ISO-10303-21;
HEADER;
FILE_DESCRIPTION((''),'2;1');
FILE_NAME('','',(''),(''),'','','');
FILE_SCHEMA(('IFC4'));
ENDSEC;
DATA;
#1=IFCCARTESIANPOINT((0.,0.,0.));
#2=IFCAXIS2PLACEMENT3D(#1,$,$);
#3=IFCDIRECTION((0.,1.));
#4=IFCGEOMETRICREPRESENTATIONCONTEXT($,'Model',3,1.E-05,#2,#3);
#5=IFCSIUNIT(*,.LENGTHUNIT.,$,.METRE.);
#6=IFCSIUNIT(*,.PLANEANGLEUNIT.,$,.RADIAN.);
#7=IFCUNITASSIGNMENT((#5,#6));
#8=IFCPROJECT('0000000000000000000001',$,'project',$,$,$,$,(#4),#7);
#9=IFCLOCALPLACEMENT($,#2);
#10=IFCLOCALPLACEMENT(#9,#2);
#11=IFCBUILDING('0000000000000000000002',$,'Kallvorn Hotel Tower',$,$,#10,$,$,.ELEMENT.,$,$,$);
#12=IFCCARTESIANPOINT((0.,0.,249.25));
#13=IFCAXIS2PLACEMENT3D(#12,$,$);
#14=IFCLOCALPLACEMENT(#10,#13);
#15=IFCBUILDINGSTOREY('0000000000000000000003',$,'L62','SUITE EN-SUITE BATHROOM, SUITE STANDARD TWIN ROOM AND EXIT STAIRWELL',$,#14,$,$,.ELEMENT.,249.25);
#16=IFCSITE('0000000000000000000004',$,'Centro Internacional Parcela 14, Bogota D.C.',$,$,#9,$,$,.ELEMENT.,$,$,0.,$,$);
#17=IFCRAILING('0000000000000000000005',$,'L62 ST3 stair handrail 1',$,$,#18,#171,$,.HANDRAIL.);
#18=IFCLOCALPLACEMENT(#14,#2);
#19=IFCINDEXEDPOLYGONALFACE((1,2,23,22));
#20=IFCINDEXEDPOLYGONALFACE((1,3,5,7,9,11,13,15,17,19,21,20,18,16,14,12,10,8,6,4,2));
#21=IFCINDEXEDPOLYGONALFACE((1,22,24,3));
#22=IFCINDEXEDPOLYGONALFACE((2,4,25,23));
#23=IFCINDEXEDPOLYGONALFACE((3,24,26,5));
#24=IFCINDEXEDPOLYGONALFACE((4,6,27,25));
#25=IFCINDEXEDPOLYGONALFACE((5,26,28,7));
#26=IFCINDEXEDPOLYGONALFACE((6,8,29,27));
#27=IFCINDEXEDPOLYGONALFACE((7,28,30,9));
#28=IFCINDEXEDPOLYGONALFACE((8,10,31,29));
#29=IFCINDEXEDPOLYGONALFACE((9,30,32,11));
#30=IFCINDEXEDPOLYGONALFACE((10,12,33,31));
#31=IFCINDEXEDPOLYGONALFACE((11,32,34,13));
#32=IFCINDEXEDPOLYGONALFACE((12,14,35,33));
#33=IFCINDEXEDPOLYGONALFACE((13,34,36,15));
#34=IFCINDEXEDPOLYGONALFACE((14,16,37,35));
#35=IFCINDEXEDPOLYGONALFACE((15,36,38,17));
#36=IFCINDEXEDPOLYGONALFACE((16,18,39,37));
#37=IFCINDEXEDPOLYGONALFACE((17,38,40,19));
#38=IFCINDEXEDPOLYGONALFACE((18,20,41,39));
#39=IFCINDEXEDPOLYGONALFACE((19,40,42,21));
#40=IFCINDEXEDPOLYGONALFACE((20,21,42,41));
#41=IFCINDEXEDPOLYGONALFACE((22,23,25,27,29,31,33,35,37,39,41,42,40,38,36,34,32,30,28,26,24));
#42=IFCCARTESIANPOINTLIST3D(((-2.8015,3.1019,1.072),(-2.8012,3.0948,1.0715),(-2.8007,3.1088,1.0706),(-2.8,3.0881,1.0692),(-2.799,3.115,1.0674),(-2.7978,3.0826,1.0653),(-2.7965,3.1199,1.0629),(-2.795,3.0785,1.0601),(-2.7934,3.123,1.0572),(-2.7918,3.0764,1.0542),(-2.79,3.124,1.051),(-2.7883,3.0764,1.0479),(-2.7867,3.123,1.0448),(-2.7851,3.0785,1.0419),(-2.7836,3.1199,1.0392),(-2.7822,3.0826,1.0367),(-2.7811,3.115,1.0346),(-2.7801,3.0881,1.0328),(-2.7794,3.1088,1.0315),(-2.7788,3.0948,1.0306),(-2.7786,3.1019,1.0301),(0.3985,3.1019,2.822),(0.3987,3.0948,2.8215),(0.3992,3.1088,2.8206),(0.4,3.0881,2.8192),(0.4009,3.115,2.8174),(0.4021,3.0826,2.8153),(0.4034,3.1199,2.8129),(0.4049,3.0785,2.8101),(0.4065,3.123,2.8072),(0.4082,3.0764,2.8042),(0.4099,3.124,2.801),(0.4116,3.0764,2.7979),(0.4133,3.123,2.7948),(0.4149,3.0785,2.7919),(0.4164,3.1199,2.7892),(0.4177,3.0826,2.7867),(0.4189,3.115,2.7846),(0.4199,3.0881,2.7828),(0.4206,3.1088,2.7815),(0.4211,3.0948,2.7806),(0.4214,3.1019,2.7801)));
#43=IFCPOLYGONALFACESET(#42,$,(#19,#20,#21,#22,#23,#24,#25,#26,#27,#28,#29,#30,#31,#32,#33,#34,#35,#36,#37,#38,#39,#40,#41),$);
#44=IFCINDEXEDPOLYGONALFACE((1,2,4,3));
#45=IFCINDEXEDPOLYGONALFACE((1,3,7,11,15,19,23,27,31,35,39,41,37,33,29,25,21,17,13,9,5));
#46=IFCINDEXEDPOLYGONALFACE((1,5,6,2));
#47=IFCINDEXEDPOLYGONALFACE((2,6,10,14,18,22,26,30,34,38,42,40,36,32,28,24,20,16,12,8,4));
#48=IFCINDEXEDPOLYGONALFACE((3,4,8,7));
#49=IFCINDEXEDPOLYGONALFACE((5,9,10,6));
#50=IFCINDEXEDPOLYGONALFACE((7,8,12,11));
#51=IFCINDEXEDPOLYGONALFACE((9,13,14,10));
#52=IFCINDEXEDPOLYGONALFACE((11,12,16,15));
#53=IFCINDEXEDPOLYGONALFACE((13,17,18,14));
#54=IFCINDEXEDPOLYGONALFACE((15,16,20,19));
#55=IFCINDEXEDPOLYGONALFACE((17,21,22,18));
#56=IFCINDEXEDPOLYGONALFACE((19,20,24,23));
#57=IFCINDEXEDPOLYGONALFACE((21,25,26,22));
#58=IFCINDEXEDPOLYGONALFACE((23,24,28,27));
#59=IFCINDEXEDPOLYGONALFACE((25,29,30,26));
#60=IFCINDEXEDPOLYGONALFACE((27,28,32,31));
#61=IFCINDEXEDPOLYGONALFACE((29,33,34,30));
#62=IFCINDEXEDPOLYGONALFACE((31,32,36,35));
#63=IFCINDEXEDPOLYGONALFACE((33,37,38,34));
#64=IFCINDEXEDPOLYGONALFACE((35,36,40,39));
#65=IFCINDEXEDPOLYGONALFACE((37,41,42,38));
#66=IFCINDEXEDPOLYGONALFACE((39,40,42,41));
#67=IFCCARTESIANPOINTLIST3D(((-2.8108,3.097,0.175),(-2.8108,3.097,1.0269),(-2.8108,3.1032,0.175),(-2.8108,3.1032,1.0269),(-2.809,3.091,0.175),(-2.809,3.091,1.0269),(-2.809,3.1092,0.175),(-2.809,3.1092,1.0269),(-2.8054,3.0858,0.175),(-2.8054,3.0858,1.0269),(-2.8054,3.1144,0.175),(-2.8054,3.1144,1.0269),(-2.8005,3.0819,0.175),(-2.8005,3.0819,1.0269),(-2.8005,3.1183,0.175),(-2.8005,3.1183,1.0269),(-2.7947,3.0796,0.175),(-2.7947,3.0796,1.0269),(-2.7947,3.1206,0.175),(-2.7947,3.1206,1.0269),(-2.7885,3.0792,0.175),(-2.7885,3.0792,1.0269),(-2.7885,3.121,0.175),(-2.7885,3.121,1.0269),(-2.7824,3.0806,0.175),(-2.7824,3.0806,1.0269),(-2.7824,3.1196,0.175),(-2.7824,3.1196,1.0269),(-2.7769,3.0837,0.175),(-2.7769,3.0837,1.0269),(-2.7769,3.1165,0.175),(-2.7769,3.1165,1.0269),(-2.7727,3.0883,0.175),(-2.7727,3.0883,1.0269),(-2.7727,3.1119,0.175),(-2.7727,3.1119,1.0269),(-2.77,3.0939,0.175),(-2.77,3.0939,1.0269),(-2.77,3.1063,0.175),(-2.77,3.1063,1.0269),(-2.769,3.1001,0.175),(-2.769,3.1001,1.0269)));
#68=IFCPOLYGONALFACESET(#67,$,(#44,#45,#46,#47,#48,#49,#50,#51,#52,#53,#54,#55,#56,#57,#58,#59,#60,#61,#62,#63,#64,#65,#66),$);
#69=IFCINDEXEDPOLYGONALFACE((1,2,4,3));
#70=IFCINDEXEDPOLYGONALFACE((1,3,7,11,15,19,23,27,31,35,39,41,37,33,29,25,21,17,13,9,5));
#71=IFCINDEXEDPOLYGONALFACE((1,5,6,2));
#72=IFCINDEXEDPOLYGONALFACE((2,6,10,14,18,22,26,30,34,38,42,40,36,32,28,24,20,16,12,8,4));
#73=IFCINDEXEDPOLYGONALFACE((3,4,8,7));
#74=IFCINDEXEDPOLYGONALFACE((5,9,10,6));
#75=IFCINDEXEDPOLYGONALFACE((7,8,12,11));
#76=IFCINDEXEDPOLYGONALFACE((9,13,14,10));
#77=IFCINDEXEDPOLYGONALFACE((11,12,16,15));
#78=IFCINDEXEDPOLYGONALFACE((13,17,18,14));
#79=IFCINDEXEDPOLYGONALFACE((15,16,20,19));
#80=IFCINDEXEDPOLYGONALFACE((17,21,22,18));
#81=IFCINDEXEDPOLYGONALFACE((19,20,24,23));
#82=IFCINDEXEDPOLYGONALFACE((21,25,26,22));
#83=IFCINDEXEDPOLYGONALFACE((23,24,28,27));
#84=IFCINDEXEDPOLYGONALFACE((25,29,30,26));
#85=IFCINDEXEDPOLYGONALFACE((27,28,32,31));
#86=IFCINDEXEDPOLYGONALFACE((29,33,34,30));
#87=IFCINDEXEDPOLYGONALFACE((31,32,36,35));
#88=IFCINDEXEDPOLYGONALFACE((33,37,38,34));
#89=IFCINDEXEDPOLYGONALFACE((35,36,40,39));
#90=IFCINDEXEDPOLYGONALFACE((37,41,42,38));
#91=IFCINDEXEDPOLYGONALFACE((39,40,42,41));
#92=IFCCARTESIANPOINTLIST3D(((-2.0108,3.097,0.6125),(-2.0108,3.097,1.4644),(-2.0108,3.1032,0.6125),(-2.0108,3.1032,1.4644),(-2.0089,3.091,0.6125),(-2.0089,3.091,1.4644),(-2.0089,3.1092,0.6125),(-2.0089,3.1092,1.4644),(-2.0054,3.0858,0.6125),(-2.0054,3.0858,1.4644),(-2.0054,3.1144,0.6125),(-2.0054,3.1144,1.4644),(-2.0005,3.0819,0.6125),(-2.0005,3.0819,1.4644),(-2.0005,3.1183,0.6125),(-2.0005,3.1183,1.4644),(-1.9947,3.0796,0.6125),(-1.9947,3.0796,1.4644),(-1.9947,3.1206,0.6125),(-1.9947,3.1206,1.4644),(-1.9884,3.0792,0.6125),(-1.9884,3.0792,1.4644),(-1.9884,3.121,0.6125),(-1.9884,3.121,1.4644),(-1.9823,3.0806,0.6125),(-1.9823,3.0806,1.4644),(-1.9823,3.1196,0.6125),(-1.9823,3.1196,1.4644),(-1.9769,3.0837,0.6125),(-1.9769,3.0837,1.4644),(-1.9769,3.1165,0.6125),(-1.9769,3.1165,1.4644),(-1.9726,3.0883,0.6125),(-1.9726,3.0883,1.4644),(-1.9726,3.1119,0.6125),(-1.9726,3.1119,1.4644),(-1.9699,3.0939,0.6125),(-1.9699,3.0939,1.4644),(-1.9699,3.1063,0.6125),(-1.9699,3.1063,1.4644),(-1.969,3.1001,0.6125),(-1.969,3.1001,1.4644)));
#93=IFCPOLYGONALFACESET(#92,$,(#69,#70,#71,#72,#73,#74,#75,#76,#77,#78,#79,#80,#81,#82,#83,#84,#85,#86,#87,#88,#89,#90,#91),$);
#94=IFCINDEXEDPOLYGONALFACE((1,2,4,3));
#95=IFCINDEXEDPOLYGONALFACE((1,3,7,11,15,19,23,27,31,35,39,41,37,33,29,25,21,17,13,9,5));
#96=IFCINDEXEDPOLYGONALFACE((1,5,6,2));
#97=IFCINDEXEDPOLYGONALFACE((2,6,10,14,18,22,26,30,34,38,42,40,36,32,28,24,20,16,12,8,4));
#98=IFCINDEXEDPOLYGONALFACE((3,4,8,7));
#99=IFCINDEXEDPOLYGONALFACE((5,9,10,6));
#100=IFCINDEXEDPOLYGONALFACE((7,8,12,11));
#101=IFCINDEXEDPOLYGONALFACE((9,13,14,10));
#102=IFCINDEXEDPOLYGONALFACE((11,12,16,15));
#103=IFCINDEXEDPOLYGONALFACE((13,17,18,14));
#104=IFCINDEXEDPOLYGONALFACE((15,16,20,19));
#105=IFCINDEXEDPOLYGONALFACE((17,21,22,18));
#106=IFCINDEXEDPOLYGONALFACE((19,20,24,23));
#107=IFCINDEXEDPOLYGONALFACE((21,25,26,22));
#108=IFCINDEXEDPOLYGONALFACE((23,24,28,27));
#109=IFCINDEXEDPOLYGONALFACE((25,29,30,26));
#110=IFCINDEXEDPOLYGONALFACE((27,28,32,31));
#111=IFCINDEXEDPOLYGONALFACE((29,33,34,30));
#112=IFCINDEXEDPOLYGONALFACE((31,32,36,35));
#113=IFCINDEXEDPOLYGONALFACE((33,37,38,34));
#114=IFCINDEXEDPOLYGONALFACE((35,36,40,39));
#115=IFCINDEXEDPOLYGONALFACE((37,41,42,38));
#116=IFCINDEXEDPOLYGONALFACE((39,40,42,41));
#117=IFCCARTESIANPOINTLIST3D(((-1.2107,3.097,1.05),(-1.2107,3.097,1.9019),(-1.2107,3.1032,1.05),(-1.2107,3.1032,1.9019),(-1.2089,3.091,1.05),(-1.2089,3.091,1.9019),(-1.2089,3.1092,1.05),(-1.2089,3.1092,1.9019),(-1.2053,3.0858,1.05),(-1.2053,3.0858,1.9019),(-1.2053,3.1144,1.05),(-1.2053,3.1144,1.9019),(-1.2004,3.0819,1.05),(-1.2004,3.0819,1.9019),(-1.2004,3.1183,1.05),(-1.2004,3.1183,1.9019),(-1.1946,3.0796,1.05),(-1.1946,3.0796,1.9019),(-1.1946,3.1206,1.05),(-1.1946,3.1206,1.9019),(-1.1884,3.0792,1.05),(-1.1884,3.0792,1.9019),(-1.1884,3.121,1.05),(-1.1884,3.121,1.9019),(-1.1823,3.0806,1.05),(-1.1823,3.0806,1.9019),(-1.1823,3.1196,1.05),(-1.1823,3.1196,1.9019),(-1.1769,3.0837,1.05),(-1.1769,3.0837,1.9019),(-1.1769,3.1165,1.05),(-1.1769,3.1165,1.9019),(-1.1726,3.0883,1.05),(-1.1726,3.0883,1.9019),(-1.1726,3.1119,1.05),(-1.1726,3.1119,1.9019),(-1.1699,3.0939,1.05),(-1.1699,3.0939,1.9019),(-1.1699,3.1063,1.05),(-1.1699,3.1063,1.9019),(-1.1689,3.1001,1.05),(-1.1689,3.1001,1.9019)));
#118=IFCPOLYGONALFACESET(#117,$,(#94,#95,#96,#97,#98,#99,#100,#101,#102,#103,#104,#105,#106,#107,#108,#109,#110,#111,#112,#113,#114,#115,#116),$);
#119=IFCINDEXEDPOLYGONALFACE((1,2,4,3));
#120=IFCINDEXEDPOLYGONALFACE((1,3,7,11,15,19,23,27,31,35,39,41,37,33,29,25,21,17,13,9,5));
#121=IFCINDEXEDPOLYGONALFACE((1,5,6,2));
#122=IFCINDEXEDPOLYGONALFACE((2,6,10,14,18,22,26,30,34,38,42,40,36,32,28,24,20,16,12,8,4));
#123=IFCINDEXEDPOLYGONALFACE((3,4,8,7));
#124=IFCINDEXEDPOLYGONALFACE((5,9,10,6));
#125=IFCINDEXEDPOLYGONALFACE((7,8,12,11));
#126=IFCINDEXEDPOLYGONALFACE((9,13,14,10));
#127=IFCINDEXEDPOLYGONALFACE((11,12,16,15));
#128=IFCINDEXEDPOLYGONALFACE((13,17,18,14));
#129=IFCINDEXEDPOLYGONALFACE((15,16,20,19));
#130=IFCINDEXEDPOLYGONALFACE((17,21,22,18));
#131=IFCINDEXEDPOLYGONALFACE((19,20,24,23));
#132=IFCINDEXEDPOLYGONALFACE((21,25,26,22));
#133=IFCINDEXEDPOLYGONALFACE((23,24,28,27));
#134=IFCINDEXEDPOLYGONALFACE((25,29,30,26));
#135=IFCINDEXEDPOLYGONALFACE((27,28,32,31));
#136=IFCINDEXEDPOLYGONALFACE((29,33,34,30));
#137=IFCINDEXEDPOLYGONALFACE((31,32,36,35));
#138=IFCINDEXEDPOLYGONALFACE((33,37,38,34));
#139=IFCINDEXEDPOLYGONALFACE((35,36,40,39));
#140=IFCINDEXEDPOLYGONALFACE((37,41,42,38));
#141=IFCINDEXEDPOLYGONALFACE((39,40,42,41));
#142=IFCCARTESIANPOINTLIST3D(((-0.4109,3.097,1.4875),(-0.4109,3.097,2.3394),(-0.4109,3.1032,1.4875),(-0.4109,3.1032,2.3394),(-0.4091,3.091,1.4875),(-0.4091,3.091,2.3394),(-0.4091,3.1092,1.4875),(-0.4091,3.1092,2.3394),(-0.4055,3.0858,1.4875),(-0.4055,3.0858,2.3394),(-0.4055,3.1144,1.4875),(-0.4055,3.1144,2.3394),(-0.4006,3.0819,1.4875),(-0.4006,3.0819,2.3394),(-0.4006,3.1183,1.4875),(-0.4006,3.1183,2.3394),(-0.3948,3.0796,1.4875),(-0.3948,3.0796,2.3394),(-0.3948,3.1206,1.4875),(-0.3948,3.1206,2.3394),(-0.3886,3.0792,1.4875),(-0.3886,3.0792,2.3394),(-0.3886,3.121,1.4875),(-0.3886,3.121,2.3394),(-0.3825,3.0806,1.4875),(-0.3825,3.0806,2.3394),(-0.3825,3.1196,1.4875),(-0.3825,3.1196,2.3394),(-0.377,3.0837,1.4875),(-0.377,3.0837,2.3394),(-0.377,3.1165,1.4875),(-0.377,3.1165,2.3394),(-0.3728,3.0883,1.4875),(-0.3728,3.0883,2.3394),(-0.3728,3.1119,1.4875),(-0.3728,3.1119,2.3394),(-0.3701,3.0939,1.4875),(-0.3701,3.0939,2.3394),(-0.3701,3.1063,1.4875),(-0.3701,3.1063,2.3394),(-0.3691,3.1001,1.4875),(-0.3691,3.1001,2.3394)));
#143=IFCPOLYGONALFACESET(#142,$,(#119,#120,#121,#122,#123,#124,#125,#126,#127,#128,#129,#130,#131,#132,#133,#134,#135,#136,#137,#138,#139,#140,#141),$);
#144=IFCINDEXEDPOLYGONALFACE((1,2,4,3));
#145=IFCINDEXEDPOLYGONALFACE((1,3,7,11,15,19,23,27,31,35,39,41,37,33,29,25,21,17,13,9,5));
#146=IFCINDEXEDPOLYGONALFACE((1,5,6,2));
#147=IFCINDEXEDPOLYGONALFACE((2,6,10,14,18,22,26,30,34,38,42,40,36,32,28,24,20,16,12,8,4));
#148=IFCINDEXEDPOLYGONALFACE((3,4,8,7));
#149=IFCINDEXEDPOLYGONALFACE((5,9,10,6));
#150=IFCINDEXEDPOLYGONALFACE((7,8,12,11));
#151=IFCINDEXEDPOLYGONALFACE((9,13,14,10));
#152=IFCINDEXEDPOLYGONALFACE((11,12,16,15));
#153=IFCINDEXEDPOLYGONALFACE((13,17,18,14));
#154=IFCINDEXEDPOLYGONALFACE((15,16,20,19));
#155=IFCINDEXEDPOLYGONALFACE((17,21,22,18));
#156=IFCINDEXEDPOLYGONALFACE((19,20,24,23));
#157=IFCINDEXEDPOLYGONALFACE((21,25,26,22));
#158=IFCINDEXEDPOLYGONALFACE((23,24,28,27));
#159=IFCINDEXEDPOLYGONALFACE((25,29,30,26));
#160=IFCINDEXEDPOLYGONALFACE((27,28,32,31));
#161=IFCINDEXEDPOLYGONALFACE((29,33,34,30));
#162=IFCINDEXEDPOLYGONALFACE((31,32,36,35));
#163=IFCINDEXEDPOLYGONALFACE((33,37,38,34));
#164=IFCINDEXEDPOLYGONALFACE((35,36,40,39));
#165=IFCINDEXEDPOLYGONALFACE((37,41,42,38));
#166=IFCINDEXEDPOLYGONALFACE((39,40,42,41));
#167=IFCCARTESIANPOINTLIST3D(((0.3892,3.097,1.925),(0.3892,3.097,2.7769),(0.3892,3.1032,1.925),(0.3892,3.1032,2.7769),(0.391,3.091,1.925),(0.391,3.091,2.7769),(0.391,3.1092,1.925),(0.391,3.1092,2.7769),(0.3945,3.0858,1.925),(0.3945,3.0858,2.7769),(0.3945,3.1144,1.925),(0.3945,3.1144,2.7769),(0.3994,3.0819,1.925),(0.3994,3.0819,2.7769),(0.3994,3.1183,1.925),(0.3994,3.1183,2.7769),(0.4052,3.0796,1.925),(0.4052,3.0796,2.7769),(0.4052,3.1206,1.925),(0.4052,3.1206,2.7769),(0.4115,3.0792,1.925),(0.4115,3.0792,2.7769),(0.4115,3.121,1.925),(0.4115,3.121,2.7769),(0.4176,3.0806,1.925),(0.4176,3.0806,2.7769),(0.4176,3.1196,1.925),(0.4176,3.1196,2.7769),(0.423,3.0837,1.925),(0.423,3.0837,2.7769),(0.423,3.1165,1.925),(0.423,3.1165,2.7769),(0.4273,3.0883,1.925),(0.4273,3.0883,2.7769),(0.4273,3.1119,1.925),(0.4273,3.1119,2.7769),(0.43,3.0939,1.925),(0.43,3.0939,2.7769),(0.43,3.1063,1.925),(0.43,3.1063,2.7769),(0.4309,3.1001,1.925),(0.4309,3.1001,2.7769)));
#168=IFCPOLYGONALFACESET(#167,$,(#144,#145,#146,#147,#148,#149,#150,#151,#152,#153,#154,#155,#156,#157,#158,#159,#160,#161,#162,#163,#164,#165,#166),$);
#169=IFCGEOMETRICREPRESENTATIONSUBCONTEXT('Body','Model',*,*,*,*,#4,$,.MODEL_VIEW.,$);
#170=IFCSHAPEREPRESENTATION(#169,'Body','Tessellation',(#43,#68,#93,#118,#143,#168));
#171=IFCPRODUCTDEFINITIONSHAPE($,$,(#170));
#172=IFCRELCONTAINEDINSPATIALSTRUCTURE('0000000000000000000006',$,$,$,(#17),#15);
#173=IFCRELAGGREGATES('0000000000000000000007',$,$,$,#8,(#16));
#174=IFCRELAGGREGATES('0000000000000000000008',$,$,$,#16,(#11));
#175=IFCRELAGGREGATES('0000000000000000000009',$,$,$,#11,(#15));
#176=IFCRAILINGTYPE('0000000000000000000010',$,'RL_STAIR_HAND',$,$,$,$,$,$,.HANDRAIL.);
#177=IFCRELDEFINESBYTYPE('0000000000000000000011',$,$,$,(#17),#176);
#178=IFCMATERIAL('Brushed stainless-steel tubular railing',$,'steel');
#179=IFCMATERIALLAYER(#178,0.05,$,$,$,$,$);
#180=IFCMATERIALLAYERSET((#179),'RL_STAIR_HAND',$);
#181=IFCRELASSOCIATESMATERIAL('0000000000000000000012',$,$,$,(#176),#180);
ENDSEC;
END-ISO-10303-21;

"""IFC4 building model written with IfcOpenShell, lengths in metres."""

from ifc_helpers import new_model, si_unit, direction, frame, origin, origin_2d, place, context, subcontext, project, spatial, circle, extrude, material, layer, layer_set, type_object, element, save


model = new_model("IFC4")

# Units and contexts
model_context = context("Model", 3, precision=1e-05, world=origin(), true_north=direction((0.0, 1.0)))
body_context = subcontext(model_context, "Body", "Model", "MODEL_VIEW")
ifc_project = project(units=[si_unit("LENGTHUNIT", "METRE"), si_unit("PLANEANGLEUNIT", "RADIAN")], contexts=[model_context])

# Site, building, storey
site_placement = place(None, origin())
site = spatial("IfcSite", under=ifc_project, at=site_placement, Name="Centro Internacional Parcela 14, Bogota D.C.", CompositionType="ELEMENT", RefElevation=0.0)
building_placement = place(site_placement, origin())
building = spatial("IfcBuilding", under=site, at=building_placement, Name="Kallvorn Hotel Tower", CompositionType="ELEMENT")
storey_placement = place(building_placement, frame((0.0, 0.0, 249.25)))
storey = spatial("IfcBuildingStorey", under=building, at=storey_placement, Name="L62", Description="SUITE EN-SUITE BATHROOM, SUITE STANDARD TWIN ROOM AND EXIT STAIRWELL", CompositionType="ELEMENT", Elevation=249.25)

# Railing
ifc_material_1 = material(Name="Brushed stainless-steel tubular railing", Category="steel")
ifc_layer_1 = layer(ifc_material_1, 0.05)
ifc_layer_set_1 = layer_set([ifc_layer_1], Name="RL_STAIR_HAND")
railing_type_1 = type_object("IfcRailingType", Name="RL_STAIR_HAND", PredefinedType="HANDRAIL", material=ifc_layer_set_1)
railing_1_placement = place(storey_placement, frame((-2.79, 3.1001, 0.175)))
element("IfcRailing", 1, at=railing_1_placement, inside=storey, type_object=railing_type_1, Name="L62 ST3 stair handrail 1", PredefinedType="HANDRAIL", context=body_context, shape_type="SweptSolid", body=[
    extrude(circle(Radius=0.0239, at=origin_2d()), frame((0.0, 0.0, 0.876), z_axis=(0.877368, 0.0, 0.479818), x_axis=(0.0, 1.0, 0.0)), (0.0, 0.0, 1.0), 3.6472),
    extrude(circle(Radius=0.021, at=origin_2d()), origin(), (0.0, 0.0, 1.0), 0.8518),
    extrude(circle(Radius=0.021, at=origin_2d()), frame((0.8, 0.0, 0.4375)), (0.0, 0.0, 1.0), 0.8518),
    extrude(circle(Radius=0.021, at=origin_2d()), frame((1.6001, 0.0, 0.875)), (0.0, 0.0, 1.0), 0.8518),
    extrude(circle(Radius=0.021, at=origin_2d()), frame((2.3999, 0.0, 1.3125)), (0.0, 0.0, 1.0), 0.8518),
    extrude(circle(Radius=0.021, at=origin_2d()), frame((3.2, 0.0, 1.75)), (0.0, 0.0, 1.0), 0.8518),
])

save(model, "model.ifc")
